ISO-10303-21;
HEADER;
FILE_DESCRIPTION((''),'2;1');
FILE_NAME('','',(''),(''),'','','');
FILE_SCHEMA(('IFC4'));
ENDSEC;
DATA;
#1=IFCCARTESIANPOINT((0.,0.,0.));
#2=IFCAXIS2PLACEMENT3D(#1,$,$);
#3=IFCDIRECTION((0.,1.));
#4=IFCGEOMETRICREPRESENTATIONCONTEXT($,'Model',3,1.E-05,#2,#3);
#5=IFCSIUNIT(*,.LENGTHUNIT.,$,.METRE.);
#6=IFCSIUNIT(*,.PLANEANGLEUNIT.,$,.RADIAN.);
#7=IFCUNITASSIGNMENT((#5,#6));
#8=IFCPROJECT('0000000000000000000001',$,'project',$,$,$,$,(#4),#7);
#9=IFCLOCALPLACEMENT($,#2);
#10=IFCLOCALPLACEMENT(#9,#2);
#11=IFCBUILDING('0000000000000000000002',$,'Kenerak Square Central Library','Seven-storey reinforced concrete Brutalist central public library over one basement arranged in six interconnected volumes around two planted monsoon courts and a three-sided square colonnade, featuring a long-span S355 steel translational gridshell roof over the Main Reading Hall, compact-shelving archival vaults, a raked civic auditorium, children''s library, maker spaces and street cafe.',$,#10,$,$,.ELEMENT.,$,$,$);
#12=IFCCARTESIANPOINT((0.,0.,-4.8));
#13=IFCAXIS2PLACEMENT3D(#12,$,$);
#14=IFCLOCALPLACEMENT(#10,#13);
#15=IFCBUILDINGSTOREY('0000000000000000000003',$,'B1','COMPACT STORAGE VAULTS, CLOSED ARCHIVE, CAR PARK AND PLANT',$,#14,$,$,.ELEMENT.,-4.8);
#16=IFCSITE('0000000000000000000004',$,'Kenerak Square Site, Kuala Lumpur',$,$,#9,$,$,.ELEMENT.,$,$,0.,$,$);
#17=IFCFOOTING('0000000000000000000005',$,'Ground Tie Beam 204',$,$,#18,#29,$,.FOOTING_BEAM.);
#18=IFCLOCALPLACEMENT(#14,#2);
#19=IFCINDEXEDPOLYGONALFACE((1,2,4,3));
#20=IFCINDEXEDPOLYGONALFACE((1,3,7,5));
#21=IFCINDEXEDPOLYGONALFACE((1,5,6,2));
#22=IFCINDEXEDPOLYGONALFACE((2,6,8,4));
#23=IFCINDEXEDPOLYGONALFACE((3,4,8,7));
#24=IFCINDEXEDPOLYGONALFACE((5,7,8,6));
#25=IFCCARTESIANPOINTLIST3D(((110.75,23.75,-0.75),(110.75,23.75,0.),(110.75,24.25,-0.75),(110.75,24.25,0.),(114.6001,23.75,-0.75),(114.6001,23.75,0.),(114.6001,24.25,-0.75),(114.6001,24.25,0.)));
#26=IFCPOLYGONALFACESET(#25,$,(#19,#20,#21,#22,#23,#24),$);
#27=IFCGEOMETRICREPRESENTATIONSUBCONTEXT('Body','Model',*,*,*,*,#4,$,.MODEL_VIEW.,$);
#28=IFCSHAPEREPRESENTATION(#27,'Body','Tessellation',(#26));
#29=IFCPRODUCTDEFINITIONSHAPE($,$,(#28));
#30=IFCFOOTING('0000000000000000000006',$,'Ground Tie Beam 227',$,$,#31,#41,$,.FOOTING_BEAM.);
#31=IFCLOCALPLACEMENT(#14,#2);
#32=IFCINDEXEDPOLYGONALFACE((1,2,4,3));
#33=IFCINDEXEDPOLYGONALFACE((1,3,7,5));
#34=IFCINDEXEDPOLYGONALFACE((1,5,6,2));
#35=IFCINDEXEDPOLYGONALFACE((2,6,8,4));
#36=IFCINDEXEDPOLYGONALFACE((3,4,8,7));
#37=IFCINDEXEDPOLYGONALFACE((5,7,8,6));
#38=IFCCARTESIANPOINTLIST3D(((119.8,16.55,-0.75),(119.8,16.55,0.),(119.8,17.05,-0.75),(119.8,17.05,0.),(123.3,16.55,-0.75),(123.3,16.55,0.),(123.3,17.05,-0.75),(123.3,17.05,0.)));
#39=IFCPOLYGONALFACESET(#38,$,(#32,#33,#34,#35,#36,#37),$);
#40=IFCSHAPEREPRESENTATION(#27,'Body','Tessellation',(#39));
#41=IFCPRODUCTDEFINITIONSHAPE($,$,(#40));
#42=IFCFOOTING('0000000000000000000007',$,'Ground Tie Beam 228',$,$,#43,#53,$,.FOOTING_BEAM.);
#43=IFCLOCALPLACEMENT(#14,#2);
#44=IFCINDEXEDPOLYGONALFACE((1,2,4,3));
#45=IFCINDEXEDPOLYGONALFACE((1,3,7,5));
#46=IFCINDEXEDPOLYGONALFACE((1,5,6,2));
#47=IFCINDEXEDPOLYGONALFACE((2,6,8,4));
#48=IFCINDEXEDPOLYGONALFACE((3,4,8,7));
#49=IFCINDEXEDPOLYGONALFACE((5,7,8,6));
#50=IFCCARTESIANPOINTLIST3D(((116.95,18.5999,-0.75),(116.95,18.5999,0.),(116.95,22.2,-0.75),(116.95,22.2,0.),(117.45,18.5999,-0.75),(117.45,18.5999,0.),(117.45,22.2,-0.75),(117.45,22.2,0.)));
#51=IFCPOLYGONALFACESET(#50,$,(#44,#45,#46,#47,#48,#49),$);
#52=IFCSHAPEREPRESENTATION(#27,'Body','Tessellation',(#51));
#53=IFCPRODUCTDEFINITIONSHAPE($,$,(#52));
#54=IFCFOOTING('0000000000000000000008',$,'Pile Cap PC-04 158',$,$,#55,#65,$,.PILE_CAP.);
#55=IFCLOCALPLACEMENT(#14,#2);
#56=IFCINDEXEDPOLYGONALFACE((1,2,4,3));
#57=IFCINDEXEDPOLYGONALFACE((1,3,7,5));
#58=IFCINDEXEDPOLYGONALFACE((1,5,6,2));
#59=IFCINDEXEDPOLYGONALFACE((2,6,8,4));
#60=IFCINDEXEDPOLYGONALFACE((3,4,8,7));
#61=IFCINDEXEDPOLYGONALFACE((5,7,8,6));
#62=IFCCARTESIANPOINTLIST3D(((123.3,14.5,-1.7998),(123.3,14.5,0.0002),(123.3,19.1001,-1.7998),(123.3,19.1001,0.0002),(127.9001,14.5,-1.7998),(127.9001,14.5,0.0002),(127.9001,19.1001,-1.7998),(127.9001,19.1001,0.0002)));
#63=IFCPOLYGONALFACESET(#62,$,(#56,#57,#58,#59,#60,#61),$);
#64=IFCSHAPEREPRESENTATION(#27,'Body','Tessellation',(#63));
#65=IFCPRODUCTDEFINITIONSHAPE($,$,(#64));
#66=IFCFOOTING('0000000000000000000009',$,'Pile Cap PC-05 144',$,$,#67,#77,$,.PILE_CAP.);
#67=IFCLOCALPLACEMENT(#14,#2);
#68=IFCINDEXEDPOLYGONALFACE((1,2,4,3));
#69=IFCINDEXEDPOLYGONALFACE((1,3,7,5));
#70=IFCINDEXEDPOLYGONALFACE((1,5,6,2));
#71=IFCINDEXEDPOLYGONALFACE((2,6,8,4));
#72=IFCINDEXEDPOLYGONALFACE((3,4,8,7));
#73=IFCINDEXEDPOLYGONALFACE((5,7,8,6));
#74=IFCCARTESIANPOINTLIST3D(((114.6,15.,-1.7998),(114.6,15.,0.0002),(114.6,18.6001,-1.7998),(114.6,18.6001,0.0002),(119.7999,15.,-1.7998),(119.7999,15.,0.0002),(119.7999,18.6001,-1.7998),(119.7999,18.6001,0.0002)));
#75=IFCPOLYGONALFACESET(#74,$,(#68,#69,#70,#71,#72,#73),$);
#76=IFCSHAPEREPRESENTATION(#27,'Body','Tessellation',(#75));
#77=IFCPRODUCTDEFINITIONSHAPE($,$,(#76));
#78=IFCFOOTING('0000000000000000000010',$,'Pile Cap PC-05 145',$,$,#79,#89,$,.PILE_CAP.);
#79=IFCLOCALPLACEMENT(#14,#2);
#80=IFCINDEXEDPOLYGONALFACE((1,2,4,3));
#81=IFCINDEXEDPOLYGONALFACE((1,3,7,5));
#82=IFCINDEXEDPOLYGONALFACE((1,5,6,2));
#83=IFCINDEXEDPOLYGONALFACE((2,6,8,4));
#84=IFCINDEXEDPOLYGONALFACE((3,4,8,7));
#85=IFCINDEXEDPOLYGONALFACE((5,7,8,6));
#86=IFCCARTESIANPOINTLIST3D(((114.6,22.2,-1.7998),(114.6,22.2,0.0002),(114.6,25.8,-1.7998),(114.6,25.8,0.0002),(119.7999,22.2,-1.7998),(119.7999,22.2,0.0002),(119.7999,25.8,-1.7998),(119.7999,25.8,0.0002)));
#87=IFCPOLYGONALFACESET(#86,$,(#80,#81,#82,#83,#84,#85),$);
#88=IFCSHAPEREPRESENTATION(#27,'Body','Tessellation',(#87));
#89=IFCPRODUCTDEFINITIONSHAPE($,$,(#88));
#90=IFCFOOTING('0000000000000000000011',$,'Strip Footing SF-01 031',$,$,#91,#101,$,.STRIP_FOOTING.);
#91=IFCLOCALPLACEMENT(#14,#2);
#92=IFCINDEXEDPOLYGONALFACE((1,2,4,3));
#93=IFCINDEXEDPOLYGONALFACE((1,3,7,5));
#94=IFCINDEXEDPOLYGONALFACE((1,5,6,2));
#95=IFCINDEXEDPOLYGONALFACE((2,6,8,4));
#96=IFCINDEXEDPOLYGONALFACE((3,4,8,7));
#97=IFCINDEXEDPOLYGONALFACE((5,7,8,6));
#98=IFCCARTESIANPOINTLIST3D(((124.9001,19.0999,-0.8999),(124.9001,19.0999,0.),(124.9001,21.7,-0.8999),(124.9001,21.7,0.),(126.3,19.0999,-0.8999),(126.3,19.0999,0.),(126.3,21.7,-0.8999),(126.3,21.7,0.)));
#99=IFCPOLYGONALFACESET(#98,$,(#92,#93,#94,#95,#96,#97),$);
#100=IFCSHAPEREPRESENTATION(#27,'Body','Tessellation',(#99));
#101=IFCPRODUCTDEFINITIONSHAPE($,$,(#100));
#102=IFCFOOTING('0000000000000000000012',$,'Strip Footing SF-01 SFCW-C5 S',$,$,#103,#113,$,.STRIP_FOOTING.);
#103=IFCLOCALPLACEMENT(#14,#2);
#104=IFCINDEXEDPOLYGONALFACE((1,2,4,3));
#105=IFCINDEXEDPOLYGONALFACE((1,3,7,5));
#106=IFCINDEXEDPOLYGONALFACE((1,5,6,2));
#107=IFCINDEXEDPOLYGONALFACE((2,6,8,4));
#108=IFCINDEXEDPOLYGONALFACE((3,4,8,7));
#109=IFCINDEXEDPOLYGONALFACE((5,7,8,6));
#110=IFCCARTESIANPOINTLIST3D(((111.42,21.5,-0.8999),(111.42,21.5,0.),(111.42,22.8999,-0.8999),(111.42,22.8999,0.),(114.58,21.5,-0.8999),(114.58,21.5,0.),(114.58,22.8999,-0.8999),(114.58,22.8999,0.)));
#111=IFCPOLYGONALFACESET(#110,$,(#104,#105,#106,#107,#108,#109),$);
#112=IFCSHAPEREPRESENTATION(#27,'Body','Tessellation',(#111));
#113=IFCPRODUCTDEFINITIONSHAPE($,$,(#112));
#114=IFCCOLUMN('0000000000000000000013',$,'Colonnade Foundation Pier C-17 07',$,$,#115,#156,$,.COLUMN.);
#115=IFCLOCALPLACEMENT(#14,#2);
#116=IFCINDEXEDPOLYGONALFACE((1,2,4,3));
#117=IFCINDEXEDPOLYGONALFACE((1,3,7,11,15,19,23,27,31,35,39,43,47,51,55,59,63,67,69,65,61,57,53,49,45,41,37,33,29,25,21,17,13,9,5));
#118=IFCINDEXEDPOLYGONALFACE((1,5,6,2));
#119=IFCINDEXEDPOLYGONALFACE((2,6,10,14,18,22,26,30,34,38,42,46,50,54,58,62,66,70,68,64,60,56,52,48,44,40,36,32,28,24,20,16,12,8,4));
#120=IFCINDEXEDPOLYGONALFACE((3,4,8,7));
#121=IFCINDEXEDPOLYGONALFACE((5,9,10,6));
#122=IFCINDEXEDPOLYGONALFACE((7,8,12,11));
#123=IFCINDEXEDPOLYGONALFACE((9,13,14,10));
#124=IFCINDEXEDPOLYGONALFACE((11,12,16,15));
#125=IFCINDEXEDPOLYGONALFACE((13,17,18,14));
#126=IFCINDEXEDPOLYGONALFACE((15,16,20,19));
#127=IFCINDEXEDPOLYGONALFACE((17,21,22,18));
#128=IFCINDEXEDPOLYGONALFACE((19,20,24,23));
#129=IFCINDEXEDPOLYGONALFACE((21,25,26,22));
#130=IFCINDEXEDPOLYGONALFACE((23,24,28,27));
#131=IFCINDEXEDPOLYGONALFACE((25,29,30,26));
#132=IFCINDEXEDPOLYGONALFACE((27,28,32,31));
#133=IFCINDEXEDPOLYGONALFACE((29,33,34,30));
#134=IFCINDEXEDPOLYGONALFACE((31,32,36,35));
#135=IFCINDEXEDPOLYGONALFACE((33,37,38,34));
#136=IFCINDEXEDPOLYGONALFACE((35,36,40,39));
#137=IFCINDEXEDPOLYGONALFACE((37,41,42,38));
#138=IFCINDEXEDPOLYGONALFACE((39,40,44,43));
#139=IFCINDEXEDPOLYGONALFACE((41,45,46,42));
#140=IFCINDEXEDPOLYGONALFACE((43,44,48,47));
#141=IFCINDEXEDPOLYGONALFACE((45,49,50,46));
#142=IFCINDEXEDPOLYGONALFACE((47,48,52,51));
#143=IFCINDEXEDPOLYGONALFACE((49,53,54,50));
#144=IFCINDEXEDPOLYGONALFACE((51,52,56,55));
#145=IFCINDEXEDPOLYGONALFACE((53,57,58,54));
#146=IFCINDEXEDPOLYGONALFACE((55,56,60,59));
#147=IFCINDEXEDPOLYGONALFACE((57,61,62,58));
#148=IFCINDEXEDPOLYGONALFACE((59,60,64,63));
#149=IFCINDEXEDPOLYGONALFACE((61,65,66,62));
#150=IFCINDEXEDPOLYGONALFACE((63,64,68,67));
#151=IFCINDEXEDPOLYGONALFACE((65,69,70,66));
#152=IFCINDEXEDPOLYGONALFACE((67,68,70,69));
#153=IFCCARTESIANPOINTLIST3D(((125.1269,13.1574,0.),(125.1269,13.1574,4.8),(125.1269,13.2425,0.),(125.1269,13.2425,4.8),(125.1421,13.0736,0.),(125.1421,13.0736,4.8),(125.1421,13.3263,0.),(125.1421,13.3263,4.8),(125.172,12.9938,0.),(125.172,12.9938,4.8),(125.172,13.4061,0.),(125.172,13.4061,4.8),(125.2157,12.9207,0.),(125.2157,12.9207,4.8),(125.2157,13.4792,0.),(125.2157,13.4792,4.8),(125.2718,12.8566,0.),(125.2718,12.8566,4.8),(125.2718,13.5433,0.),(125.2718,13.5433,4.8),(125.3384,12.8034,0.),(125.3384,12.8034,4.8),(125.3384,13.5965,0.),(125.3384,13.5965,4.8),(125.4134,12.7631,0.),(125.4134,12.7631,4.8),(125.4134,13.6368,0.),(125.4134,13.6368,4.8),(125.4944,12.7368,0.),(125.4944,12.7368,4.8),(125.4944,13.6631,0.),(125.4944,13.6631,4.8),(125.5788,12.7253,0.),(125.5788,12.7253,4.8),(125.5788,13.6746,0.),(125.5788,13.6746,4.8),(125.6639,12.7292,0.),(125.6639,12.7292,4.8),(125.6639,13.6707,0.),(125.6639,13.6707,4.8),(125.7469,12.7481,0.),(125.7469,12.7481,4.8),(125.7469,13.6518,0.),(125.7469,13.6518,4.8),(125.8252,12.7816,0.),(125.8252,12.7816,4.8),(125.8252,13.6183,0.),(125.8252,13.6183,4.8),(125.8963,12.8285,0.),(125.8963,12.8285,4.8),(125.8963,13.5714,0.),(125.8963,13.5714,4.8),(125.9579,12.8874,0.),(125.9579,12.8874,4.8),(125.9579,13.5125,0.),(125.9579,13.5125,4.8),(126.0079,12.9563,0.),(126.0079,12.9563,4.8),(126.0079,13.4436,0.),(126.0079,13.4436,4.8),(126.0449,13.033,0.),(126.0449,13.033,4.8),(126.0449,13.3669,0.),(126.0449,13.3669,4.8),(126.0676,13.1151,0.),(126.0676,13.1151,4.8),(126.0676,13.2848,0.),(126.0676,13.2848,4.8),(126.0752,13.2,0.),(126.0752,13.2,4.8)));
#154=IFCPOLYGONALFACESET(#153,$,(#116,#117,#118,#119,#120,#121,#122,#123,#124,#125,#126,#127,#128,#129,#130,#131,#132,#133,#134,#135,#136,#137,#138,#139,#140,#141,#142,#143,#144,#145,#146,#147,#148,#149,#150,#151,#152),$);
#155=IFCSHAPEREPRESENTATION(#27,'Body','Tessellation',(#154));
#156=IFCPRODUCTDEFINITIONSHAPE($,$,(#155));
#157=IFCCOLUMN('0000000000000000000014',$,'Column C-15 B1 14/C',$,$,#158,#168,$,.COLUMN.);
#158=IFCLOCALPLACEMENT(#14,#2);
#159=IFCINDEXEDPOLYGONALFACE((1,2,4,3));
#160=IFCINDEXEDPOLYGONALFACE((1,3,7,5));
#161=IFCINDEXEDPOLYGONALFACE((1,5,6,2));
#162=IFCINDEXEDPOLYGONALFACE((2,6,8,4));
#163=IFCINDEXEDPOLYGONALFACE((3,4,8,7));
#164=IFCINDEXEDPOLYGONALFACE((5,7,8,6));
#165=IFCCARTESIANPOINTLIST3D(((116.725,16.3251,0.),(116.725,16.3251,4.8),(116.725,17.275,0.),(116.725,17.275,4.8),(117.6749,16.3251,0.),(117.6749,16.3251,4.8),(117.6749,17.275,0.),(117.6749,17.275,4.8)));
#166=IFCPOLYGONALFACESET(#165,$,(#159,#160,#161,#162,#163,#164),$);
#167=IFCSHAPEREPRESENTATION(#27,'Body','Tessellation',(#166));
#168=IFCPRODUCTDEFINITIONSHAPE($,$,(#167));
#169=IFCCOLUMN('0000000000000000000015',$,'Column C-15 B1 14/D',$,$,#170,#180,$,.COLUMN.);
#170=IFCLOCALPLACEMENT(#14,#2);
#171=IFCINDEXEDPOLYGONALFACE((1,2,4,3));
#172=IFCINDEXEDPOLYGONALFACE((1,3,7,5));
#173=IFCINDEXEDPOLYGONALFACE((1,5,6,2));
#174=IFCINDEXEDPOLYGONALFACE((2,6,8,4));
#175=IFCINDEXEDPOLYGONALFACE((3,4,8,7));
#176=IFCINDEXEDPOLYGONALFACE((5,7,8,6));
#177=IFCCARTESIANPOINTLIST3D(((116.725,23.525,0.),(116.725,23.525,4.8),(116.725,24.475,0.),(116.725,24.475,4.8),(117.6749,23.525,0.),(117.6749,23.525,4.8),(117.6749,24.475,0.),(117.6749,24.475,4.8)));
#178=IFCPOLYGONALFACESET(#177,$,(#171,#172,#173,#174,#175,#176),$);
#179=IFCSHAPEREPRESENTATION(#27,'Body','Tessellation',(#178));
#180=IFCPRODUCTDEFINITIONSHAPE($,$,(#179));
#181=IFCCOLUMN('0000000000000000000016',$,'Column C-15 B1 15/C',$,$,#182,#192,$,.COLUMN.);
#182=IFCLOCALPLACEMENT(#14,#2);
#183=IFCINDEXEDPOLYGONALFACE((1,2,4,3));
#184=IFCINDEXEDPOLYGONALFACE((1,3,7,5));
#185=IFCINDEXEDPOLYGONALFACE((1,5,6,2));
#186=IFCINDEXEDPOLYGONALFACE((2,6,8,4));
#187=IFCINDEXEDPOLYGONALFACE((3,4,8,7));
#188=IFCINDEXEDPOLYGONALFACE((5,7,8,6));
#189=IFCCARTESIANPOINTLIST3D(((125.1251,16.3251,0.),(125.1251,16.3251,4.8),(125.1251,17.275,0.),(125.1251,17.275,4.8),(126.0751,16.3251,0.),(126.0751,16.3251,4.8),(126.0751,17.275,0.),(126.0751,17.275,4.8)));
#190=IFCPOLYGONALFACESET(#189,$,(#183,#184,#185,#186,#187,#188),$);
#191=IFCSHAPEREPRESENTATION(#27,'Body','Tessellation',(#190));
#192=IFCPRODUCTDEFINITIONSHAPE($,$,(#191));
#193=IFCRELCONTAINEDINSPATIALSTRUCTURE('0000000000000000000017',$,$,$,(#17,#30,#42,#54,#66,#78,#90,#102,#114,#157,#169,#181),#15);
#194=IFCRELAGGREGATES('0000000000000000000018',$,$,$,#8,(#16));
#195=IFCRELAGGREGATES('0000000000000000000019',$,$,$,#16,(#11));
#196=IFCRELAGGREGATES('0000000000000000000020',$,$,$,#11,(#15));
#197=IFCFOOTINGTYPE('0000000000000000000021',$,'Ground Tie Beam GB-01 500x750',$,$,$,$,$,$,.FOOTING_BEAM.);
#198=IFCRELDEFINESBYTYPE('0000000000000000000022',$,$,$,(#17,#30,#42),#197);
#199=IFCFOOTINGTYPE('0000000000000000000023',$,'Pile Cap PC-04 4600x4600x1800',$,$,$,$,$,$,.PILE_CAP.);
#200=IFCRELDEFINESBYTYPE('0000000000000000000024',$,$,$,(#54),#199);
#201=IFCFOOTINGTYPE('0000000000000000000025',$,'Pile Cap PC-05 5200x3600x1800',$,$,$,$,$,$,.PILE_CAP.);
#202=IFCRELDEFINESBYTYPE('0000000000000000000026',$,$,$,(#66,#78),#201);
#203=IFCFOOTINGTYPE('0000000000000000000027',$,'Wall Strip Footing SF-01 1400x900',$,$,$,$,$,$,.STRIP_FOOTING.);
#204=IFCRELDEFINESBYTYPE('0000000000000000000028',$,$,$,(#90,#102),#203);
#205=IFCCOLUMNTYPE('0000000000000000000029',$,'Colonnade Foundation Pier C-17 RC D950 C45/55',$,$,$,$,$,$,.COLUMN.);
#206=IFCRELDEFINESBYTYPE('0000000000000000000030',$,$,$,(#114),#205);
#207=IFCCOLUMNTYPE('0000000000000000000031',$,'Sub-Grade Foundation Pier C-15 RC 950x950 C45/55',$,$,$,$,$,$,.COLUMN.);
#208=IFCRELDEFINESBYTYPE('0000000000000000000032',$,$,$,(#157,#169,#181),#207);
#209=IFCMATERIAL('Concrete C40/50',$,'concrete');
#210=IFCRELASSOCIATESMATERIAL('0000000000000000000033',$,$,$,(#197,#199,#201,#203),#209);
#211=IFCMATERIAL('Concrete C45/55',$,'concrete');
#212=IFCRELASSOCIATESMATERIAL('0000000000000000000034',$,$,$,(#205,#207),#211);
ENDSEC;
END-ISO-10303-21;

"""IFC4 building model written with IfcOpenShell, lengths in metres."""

from ifc_helpers import new_model, si_unit, direction, frame, origin, origin_2d, place, context, subcontext, project, spatial, rectangle, circle, extrude, material, material_profile, profile_set, type_object, element, save


model = new_model("IFC4")

# Units and contexts
model_context = context("Model", 3, precision=1e-05, world=origin(), true_north=direction((0.0, 1.0)))
body_context = subcontext(model_context, "Body", "Model", "MODEL_VIEW")
ifc_project = project(units=[si_unit("LENGTHUNIT", "METRE"), si_unit("PLANEANGLEUNIT", "RADIAN")], contexts=[model_context])

# Site, building, storey
site_placement = place(None, origin())
site = spatial("IfcSite", under=ifc_project, at=site_placement, Name="Kenerak Square Site, Kuala Lumpur", CompositionType="ELEMENT", RefElevation=0.0)
building_placement = place(site_placement, origin())
building = spatial("IfcBuilding", under=site, at=building_placement, Name="Kenerak Square Central Library", Description="Seven-storey reinforced concrete Brutalist central public library over one basement arranged in six interconnected volumes around two planted monsoon courts and a three-sided square colonnade, featuring a long-span S355 steel translational gridshell roof over the Main Reading Hall, compact-shelving archival vaults, a raked civic auditorium, children's library, maker spaces and street cafe.", CompositionType="ELEMENT")
storey_placement = place(building_placement, frame((0.0, 0.0, -4.8)))
storey = spatial("IfcBuildingStorey", under=building, at=storey_placement, Name="B1", Description="COMPACT STORAGE VAULTS, CLOSED ARCHIVE, CAR PARK AND PLANT", CompositionType="ELEMENT", Elevation=-4.8)

# Shared definitions
ifc_material_1 = material(Name="Concrete C40/50", Category="concrete")

# Footings
footing_type_1 = type_object("IfcFootingType", Name="Ground Tie Beam GB-01 500x750", PredefinedType="FOOTING_BEAM", material=ifc_material_1)
footing_1_placement = place(storey_placement, frame((112.675, 24.0, -0.75), z_axis=(0.0, 0.0, 1.0), x_axis=(1.0, 0.0, 0.0)))
element("IfcFooting", 1, at=footing_1_placement, inside=storey, type_object=footing_type_1, Name="Ground Tie Beam 204", PredefinedType="FOOTING_BEAM", context=body_context, shape_type="SweptSolid", body=[
    extrude(rectangle(XDim=3.8501, YDim=0.5, at=origin_2d()), origin(), (0.0, 0.0, 1.0), 0.75),
])
footing_2_placement = place(storey_placement, frame((121.55, 16.8, -0.75), z_axis=(0.0, 0.0, 1.0), x_axis=(1.0, 0.0, 0.0)))
element("IfcFooting", 2, at=footing_2_placement, inside=storey, type_object=footing_type_1, Name="Ground Tie Beam 227", PredefinedType="FOOTING_BEAM", context=body_context, shape_type="SweptSolid", body=[
    extrude(rectangle(XDim=3.5, YDim=0.5, at=origin_2d()), origin(), (0.0, 0.0, 1.0), 0.75),
])
footing_3_placement = place(storey_placement, frame((117.2, 20.3999, -0.75), z_axis=(0.0, 0.0, 1.0), x_axis=(1.0, 0.0, 0.0)))
element("IfcFooting", 3, at=footing_3_placement, inside=storey, type_object=footing_type_1, Name="Ground Tie Beam 228", PredefinedType="FOOTING_BEAM", context=body_context, shape_type="SweptSolid", body=[
    extrude(rectangle(XDim=0.5, YDim=3.6001, at=origin_2d()), origin(), (0.0, 0.0, 1.0), 0.75),
])
footing_type_2 = type_object("IfcFootingType", Name="Pile Cap PC-04 4600x4600x1800", PredefinedType="PILE_CAP", material=ifc_material_1)
footing_4_placement = place(storey_placement, frame((125.6001, 16.8, -1.7998), z_axis=(0.0, 0.0, 1.0), x_axis=(1.0, 0.0, 0.0)))
element("IfcFooting", 4, at=footing_4_placement, inside=storey, type_object=footing_type_2, Name="Pile Cap PC-04 158", PredefinedType="PILE_CAP", context=body_context, shape_type="SweptSolid", body=[
    extrude(rectangle(XDim=4.6001, YDim=4.6001, at=origin_2d()), origin(), (0.0, 0.0, 1.0), 1.8),
])
footing_type_3 = type_object("IfcFootingType", Name="Pile Cap PC-05 5200x3600x1800", PredefinedType="PILE_CAP", material=ifc_material_1)
for number, where, z_axis, x_axis, name in (
    (5, (117.2, 16.8, -1.7998), (0.0, 0.0, 1.0), (1.0, 0.0, 0.0), "Pile Cap PC-05 144"),
    (6, (117.2, 24.0, -1.7998), (0.0, 0.0, 1.0), (1.0, 0.0, 0.0), "Pile Cap PC-05 145"),
):
    element("IfcFooting", number, at=place(storey_placement, frame(where, z_axis=z_axis, x_axis=x_axis)), inside=storey, type_object=footing_type_3, Name=name, PredefinedType="PILE_CAP", context=body_context, shape_type="SweptSolid", body=[
        extrude(rectangle(XDim=5.2, YDim=3.6001, at=origin_2d()), origin(), (0.0, 0.0, 1.0), 1.8),
    ])
footing_type_4 = type_object("IfcFootingType", Name="Wall Strip Footing SF-01 1400x900", PredefinedType="STRIP_FOOTING", material=ifc_material_1)
footing_5_placement = place(storey_placement, frame((125.6001, 20.3999, -0.8999), z_axis=(0.0, 0.0, 1.0), x_axis=(1.0, 0.0, 0.0)))
element("IfcFooting", 7, at=footing_5_placement, inside=storey, type_object=footing_type_4, Name="Strip Footing SF-01 031", PredefinedType="STRIP_FOOTING", context=body_context, shape_type="SweptSolid", body=[
    extrude(rectangle(XDim=1.3999, YDim=2.6001, at=origin_2d()), origin(), (0.0, 0.0, 1.0), 0.8999),
])
footing_6_placement = place(storey_placement, frame((113.0, 22.2, -0.8999), z_axis=(0.0, 0.0, 1.0), x_axis=(1.0, 0.0, 0.0)))
element("IfcFooting", 8, at=footing_6_placement, inside=storey, type_object=footing_type_4, Name="Strip Footing SF-01 SFCW-C5 S", PredefinedType="STRIP_FOOTING", context=body_context, shape_type="SweptSolid", body=[
    extrude(rectangle(XDim=3.1599, YDim=1.3999, at=origin_2d()), origin(), (0.0, 0.0, 1.0), 0.8999),
])

# Columns
ifc_material_2 = material(Name="Concrete C45/55", Category="concrete")
ifc_material_profile_1 = material_profile(ifc_material_2, circle(Radius=0.4751, at=origin_2d()), Name="RC D950")
ifc_profile_set_1 = profile_set([ifc_material_profile_1], Name="Concrete C45/55")
column_type_1 = type_object("IfcColumnType", Name="Colonnade Foundation Pier C-17 RC D950 C45/55", PredefinedType="COLUMN", material=ifc_profile_set_1)
column_placement = place(storey_placement, frame((125.6001, 13.2, 0.0), z_axis=(0.0, 0.0, 1.0), x_axis=(1.0, 0.0, 0.0)))
element("IfcColumn", 9, at=column_placement, inside=storey, type_object=column_type_1, Name="Colonnade Foundation Pier C-17 07", PredefinedType="COLUMN", context=body_context, shape_type="SweptSolid", body=[
    extrude(circle(Radius=0.4751, at=origin_2d()), origin(), (0.0, 0.0, 1.0), 4.8),
])
ifc_material_profile_2 = material_profile(ifc_material_2, rectangle(XDim=0.95, YDim=0.95, at=origin_2d()), Name="RC 950x950")
ifc_profile_set_2 = profile_set([ifc_material_profile_2], Name="Concrete C45/55")
column_type_2 = type_object("IfcColumnType", Name="Sub-Grade Foundation Pier C-15 RC 950x950 C45/55", PredefinedType="COLUMN", material=ifc_profile_set_2)
for number, where, z_axis, x_axis, name in (
    (10, (117.2, 16.8, 0.0), (0.0, 0.0, 1.0), (1.0, 0.0, 0.0), "Column C-15 B1 14/C"),
    (11, (117.2, 24.0, 0.0), (0.0, 0.0, 1.0), (1.0, 0.0, 0.0), "Column C-15 B1 14/D"),
    (12, (125.6001, 16.8, 0.0), (0.0, 0.0, 1.0), (1.0, 0.0, 0.0), "Column C-15 B1 15/C"),
):
    element("IfcColumn", number, at=place(storey_placement, frame(where, z_axis=z_axis, x_axis=x_axis)), inside=storey, type_object=column_type_2, Name=name, PredefinedType="COLUMN", context=body_context, shape_type="SweptSolid", body=[
        extrude(rectangle(XDim=0.95, YDim=0.95, at=origin_2d()), origin(), (0.0, 0.0, 1.0), 4.8),
    ])

save(model, "model.ifc")
